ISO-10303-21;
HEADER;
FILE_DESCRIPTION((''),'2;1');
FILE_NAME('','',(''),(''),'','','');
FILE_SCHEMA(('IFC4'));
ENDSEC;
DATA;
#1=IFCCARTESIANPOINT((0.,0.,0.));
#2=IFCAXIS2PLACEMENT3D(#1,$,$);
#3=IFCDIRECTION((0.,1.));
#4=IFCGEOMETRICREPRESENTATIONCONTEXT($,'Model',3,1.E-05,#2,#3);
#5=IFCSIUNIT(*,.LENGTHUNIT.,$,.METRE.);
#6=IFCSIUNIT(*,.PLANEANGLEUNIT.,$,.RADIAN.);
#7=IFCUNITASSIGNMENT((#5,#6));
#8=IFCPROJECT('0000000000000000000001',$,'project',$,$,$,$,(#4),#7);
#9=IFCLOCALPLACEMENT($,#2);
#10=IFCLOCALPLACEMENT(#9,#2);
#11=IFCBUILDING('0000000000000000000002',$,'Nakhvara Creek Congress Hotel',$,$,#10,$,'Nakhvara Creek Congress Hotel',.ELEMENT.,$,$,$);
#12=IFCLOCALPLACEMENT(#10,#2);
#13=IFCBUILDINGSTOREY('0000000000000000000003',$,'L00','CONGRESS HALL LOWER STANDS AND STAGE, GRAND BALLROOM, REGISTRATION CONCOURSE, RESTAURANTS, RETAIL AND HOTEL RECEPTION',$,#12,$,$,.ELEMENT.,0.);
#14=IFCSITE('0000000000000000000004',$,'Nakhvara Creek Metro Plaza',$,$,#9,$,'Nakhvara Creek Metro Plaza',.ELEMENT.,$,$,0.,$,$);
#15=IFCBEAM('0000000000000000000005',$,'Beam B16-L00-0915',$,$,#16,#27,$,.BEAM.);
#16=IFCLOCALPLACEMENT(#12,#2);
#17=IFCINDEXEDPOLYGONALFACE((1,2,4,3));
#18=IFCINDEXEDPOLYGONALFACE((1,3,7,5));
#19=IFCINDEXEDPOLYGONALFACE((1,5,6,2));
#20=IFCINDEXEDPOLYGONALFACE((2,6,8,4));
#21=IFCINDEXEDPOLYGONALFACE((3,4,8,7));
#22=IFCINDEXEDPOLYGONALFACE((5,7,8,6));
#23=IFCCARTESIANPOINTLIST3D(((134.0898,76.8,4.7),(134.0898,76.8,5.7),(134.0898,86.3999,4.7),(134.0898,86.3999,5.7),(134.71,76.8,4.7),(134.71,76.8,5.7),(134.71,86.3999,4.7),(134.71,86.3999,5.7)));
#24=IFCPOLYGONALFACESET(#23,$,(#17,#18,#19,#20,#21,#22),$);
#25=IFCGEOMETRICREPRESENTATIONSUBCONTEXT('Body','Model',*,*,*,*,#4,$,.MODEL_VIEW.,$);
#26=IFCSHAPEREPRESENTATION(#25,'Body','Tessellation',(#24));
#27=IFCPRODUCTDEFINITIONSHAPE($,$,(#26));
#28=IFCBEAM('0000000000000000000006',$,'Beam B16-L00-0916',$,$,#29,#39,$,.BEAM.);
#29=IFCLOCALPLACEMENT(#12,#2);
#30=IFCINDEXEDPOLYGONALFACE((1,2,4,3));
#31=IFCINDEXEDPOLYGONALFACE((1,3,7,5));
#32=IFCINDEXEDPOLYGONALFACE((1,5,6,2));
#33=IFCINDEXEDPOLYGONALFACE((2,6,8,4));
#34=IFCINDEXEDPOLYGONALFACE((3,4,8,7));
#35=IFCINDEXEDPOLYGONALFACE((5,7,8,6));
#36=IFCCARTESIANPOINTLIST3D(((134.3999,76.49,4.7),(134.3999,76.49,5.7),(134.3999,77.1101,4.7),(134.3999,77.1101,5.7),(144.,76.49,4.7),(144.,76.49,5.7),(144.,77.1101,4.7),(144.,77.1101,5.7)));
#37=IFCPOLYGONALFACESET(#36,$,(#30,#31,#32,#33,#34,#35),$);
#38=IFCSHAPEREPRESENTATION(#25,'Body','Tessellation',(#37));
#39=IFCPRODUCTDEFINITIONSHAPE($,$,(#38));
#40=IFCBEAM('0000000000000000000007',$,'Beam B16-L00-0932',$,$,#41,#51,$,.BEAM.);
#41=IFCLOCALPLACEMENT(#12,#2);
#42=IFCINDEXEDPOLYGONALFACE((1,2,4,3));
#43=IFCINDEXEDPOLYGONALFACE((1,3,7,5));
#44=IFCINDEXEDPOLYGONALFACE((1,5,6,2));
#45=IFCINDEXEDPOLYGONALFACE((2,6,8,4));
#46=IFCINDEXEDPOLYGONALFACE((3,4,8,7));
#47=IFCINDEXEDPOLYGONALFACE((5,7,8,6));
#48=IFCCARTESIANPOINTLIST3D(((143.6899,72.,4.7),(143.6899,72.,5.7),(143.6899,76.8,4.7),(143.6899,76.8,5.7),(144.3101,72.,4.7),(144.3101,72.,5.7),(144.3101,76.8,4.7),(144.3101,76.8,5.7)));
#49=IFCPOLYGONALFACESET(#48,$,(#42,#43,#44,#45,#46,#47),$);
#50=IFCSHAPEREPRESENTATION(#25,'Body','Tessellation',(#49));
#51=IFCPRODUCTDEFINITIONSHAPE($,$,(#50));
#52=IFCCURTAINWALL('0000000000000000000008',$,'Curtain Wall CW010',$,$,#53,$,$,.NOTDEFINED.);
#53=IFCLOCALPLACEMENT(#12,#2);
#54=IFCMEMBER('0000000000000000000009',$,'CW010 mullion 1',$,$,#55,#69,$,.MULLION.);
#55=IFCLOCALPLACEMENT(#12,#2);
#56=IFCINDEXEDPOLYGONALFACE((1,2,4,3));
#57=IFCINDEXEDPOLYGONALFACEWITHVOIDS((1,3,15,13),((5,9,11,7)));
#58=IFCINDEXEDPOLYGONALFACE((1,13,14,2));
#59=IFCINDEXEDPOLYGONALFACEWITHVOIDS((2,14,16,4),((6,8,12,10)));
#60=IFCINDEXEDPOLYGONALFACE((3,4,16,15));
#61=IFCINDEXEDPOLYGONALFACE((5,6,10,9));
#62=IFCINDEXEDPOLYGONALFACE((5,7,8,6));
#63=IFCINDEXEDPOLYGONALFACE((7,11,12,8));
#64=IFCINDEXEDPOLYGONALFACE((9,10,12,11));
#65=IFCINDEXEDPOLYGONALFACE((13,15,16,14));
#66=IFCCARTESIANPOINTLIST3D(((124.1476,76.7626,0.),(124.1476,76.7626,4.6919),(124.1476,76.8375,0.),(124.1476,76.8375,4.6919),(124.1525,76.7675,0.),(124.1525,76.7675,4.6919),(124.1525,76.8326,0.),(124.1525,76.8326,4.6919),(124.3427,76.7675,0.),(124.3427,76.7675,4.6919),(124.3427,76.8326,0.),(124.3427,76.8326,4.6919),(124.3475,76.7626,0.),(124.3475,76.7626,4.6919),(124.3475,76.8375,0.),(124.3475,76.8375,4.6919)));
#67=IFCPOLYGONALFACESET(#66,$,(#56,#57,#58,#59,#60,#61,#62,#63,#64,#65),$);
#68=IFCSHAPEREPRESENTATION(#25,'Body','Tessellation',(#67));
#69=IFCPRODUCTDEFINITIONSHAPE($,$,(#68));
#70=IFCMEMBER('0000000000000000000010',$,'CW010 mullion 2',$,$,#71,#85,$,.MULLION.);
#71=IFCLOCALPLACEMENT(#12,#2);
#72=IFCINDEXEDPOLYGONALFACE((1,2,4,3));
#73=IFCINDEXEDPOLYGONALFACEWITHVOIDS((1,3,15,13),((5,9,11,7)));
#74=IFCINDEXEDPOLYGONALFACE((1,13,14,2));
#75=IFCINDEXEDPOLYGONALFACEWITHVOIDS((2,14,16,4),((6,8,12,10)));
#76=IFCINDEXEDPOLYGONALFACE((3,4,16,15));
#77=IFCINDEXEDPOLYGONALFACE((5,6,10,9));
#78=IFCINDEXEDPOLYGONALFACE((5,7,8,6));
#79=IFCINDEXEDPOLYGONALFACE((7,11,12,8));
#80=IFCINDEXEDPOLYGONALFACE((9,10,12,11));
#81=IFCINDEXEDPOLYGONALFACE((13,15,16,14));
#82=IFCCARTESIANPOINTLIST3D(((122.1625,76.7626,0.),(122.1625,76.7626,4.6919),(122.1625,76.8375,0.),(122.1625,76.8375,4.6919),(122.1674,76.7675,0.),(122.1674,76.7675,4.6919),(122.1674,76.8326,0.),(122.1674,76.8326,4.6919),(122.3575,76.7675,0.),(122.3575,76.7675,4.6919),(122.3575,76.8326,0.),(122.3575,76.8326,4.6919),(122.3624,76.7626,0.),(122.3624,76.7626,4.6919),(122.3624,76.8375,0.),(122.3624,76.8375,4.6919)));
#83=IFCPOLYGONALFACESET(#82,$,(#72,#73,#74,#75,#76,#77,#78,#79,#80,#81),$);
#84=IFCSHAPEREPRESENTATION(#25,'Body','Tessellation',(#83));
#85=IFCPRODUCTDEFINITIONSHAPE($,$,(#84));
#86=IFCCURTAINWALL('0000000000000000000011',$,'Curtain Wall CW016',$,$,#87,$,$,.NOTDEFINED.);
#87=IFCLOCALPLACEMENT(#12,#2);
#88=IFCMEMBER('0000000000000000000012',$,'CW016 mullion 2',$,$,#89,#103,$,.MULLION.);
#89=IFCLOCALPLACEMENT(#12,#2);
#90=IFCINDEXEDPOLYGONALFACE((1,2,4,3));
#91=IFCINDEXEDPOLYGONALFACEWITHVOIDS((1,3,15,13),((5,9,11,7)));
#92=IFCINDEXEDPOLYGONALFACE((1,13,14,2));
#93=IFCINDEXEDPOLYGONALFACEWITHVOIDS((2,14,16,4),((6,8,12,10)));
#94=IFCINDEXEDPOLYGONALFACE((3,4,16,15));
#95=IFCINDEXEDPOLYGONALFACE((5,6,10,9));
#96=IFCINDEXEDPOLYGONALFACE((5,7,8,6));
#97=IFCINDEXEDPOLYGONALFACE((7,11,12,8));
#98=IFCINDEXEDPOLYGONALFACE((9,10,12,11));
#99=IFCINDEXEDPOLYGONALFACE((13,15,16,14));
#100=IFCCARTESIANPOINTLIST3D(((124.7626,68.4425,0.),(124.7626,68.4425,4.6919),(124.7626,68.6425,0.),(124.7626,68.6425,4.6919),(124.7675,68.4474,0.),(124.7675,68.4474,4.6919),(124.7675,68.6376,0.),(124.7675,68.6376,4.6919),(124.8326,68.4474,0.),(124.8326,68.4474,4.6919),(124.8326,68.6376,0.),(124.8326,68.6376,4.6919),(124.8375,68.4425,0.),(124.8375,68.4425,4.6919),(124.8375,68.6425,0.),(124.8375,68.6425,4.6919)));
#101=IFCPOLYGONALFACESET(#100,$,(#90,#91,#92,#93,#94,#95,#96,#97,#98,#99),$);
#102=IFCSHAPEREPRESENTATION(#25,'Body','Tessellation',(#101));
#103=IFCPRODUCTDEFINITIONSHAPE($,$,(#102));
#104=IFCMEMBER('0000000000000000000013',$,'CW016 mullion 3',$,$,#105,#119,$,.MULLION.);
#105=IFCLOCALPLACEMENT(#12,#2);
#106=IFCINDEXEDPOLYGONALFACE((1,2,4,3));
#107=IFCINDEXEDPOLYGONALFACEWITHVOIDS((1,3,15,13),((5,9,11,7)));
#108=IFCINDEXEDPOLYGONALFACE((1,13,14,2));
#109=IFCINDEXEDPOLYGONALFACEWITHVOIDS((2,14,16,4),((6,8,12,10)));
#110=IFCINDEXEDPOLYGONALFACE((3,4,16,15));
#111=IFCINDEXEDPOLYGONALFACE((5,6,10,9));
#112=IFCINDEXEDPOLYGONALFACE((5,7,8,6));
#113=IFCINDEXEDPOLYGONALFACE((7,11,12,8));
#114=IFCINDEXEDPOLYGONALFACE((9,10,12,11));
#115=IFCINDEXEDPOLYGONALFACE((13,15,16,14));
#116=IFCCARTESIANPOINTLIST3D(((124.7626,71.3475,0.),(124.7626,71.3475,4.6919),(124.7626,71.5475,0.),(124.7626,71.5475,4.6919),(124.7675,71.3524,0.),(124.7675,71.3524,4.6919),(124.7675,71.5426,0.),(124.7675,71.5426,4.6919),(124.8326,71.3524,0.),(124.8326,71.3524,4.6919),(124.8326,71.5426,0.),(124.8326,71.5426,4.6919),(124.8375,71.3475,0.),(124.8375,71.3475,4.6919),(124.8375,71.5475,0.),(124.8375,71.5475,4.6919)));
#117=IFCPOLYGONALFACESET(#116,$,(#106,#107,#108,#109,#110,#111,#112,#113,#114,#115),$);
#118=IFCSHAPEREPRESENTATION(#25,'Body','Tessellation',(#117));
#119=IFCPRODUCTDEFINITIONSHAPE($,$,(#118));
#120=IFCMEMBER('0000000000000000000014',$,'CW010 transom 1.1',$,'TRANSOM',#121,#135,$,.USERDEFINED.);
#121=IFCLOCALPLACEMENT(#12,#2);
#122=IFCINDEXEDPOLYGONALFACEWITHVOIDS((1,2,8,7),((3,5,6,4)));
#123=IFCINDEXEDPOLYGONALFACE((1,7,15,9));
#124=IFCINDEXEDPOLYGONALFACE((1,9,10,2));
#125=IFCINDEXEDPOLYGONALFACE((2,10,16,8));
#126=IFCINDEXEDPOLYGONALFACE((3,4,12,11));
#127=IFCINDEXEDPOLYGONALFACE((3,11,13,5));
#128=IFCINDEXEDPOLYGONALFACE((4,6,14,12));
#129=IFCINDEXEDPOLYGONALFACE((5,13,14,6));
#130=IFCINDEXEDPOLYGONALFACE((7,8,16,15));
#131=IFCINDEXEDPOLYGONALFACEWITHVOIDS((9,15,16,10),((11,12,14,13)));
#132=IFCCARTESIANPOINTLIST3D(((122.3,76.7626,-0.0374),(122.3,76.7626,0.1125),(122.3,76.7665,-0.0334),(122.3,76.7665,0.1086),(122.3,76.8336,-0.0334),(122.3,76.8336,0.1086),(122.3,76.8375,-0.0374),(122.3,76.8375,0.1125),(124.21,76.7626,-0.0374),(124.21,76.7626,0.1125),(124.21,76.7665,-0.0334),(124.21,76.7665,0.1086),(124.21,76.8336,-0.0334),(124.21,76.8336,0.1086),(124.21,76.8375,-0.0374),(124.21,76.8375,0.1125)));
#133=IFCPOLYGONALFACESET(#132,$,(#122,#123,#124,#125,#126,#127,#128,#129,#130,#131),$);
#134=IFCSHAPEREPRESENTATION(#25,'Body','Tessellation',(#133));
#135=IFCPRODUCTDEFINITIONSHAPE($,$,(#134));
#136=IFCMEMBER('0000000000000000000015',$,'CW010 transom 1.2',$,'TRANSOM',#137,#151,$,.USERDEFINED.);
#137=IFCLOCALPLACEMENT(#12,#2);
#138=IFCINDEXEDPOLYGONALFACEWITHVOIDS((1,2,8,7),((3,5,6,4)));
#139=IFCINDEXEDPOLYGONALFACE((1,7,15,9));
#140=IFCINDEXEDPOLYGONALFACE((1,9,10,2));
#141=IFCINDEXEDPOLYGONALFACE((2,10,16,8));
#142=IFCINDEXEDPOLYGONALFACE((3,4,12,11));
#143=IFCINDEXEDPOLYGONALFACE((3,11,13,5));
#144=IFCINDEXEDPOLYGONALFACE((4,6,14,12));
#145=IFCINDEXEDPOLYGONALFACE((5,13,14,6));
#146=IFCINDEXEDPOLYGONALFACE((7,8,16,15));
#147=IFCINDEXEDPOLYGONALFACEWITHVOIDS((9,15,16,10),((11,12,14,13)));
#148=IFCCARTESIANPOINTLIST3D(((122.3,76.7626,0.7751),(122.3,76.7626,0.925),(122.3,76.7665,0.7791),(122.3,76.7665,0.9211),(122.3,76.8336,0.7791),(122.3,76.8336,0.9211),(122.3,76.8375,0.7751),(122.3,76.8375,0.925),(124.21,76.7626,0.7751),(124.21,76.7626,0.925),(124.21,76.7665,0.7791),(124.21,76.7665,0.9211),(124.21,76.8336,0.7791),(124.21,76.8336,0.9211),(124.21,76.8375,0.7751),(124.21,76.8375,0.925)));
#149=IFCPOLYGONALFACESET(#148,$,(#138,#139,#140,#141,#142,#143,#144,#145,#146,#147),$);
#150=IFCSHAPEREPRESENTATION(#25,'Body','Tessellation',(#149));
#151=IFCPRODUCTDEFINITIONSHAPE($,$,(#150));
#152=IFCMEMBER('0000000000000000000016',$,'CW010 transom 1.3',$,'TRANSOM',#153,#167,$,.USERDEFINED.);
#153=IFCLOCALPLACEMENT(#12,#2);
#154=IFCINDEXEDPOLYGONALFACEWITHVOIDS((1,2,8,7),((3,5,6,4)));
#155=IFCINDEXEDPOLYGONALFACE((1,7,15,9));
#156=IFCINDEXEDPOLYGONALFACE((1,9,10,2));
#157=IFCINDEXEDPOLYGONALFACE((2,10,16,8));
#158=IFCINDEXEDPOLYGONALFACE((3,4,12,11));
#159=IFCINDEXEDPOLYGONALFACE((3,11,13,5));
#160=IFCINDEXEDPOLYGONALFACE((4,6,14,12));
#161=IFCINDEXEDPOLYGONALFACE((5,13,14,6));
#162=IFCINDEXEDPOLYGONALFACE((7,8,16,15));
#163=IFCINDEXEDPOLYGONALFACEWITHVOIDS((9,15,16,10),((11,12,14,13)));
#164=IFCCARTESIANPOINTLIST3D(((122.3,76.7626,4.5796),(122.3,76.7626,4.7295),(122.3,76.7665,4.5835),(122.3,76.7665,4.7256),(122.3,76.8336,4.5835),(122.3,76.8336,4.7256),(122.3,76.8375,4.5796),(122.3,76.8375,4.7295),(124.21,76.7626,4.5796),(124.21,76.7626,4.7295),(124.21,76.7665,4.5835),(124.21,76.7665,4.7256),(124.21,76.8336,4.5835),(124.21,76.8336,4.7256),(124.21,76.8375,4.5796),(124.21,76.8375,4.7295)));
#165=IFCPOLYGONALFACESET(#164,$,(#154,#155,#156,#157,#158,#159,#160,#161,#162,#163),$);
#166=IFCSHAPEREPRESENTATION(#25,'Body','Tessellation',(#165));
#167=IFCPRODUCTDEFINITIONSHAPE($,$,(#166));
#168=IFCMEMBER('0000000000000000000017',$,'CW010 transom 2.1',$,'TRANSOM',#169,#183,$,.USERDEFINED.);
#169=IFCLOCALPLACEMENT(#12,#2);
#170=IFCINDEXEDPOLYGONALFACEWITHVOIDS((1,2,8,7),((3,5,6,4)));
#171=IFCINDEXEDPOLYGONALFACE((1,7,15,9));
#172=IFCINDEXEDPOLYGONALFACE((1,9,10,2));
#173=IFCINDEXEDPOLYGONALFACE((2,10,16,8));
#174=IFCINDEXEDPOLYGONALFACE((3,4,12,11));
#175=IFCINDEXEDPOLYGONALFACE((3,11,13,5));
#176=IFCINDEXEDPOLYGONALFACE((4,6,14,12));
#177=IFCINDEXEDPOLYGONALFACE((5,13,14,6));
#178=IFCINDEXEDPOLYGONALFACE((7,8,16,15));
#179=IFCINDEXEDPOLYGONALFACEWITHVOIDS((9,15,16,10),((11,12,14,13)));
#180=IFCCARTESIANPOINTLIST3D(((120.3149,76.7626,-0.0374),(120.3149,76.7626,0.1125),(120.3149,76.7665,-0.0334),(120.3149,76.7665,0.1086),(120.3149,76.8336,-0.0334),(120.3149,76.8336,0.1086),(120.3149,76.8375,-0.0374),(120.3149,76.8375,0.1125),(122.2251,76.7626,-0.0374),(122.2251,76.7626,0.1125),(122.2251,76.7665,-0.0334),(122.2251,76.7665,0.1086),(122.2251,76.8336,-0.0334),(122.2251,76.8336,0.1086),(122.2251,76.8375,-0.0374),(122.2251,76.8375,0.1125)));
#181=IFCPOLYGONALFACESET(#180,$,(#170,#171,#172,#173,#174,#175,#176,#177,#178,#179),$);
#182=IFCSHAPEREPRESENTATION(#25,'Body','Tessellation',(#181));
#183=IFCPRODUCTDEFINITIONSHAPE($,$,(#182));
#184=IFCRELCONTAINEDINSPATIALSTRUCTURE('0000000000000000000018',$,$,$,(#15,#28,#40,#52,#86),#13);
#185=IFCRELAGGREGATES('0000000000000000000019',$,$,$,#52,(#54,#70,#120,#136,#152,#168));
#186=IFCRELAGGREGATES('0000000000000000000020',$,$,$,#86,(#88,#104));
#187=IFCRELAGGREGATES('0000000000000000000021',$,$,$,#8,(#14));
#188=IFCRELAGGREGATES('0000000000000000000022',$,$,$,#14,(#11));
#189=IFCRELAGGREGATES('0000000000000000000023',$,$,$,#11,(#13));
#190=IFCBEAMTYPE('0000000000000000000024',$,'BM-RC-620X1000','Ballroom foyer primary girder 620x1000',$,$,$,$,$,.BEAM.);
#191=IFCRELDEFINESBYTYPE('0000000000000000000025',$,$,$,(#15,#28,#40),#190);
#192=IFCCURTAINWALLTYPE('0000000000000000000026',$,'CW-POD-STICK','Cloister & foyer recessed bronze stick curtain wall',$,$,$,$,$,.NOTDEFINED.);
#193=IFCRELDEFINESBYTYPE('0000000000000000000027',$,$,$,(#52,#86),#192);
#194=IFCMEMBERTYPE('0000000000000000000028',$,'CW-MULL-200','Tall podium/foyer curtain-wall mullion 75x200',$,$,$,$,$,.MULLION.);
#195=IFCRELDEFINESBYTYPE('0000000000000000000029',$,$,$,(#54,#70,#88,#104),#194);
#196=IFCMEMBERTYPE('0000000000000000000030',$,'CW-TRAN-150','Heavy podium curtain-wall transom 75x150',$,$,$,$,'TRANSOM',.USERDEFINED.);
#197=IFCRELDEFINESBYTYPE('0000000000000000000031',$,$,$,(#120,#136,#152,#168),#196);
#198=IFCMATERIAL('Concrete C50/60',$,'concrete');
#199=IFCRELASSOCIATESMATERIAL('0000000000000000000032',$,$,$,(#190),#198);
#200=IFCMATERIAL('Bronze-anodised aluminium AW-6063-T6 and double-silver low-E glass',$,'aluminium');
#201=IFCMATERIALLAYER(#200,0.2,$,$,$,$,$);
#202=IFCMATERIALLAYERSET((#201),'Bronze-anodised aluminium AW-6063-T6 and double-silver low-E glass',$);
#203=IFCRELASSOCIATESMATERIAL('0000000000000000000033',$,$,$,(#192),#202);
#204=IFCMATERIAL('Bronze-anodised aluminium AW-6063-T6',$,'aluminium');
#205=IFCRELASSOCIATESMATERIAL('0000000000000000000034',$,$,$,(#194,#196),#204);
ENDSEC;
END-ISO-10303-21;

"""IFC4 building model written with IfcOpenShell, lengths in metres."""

from ifc_helpers import new_model, si_unit, direction, frame, origin, origin_2d, place, context, subcontext, project, spatial, rectangle, hollow_rectangle, extrude, material, layer, layer_set, material_profile, profile_set, type_object, element, aggregate, save


model = new_model("IFC4")

# Units and contexts
model_context = context("Model", 3, precision=1e-05, world=origin(), true_north=direction((0.0, 1.0)))
body_context = subcontext(model_context, "Body", "Model", "MODEL_VIEW")
ifc_project = project(units=[si_unit("LENGTHUNIT", "METRE"), si_unit("PLANEANGLEUNIT", "RADIAN")], contexts=[model_context])

# Site, building, storey
site_placement = place(None, origin())
site = spatial("IfcSite", under=ifc_project, at=site_placement, Name="Nakhvara Creek Metro Plaza", LongName="Nakhvara Creek Metro Plaza", CompositionType="ELEMENT", RefElevation=0.0)
building_placement = place(site_placement, origin())
building = spatial("IfcBuilding", under=site, at=building_placement, Name="Nakhvara Creek Congress Hotel", LongName="Nakhvara Creek Congress Hotel", CompositionType="ELEMENT")
storey_placement = place(building_placement, origin())
storey = spatial("IfcBuildingStorey", under=building, at=storey_placement, Name="L00", Description="CONGRESS HALL LOWER STANDS AND STAGE, GRAND BALLROOM, REGISTRATION CONCOURSE, RESTAURANTS, RETAIL AND HOTEL RECEPTION", CompositionType="ELEMENT", Elevation=0.0)

# Shared definitions
ifc_material_1 = material(Name="Concrete C50/60", Category="concrete")

# Beams
ifc_material_profile_1 = material_profile(ifc_material_1, rectangle(XDim=0.6201, YDim=1.0, at=origin_2d()), Name="RC-BM 620x1000", Category="LoadBearing")
ifc_profile_set_1 = profile_set([ifc_material_profile_1], Name="Concrete C50/60")
beam_type = type_object("IfcBeamType", Name="BM-RC-620X1000", Description="Ballroom foyer primary girder 620x1000", PredefinedType="BEAM", material=ifc_profile_set_1)
beam_1_placement = place(storey_placement, frame((134.3999, 76.8, 5.2), z_axis=(0.0, 1.0, 0.0), x_axis=(-1.0, 0.0, 0.0)))
element("IfcBeam", 1, at=beam_1_placement, inside=storey, type_object=beam_type, Name="Beam B16-L00-0915", PredefinedType="BEAM", context=body_context, shape_type="SweptSolid", body=[
    extrude(rectangle(XDim=0.6201, YDim=1.0, at=origin_2d()), origin(), (0.0, 0.0, 1.0), 9.5999),
])
beam_2_placement = place(storey_placement, frame((134.3999, 76.8, 5.2), z_axis=(1.0, 0.0, 0.0), x_axis=(0.0, 1.0, 0.0)))
element("IfcBeam", 2, at=beam_2_placement, inside=storey, type_object=beam_type, Name="Beam B16-L00-0916", PredefinedType="BEAM", context=body_context, shape_type="SweptSolid", body=[
    extrude(rectangle(XDim=0.6201, YDim=1.0, at=origin_2d()), origin(), (0.0, 0.0, 1.0), 9.6001),
])
beam_3_placement = place(storey_placement, frame((144.0, 72.0, 5.2), z_axis=(0.0, 1.0, 0.0), x_axis=(-1.0, 0.0, 0.0)))
element("IfcBeam", 3, at=beam_3_placement, inside=storey, type_object=beam_type, Name="Beam B16-L00-0932", PredefinedType="BEAM", context=body_context, shape_type="SweptSolid", body=[
    extrude(rectangle(XDim=0.6201, YDim=1.0, at=origin_2d()), origin(), (0.0, 0.0, 1.0), 4.8),
])

# Curtain walls, members
ifc_material_2 = material(Name="Bronze-anodised aluminium AW-6063-T6 and double-silver low-E glass", Category="aluminium")
ifc_layer = layer(ifc_material_2, 0.2)
ifc_layer_set = layer_set([ifc_layer], Name="Bronze-anodised aluminium AW-6063-T6 and double-silver low-E glass")
curtain_wall_type = type_object("IfcCurtainWallType", Name="CW-POD-STICK", Description="Cloister & foyer recessed bronze stick curtain wall", PredefinedType="NOTDEFINED", material=ifc_layer_set)
curtain_wall_1_placement = place(storey_placement, origin())
curtain_wall_1 = element("IfcCurtainWall", 4, at=curtain_wall_1_placement, inside=storey, type_object=curtain_wall_type, Name="Curtain Wall CW010", PredefinedType="NOTDEFINED")
ifc_material_3 = material(Name="Bronze-anodised aluminium AW-6063-T6", Category="aluminium")
ifc_material_profile_2 = material_profile(ifc_material_3, hollow_rectangle(XDim=0.075, YDim=0.2, WallThickness=0.0049, at=origin_2d()), Name="ALU-MULL 75x200x5", Category="LoadBearing")
ifc_profile_set_2 = profile_set([ifc_material_profile_2], Name="Bronze-anodised aluminium AW-6063-T6")
member_type_1 = type_object("IfcMemberType", Name="CW-MULL-200", Description="Tall podium/foyer curtain-wall mullion 75x200", PredefinedType="MULLION", material=ifc_profile_set_2)
member_1_placement = place(storey_placement, frame((124.2476, 76.8, 0.0), z_axis=(0.0, 0.0, 1.0), x_axis=(0.0, -1.0, 0.0)))
member_1 = element("IfcMember", 5, at=member_1_placement, type_object=member_type_1, Name="CW010 mullion 1", PredefinedType="MULLION", context=body_context, shape_type="SweptSolid", body=[
    extrude(hollow_rectangle(XDim=0.075, YDim=0.2, WallThickness=0.0049, at=origin_2d()), origin(), (0.0, 0.0, 1.0), 4.6919),
])
member_2_placement = place(storey_placement, frame((122.2625, 76.8, 0.0), z_axis=(0.0, 0.0, 1.0), x_axis=(0.0, -1.0, 0.0)))
member_2 = element("IfcMember", 6, at=member_2_placement, type_object=member_type_1, Name="CW010 mullion 2", PredefinedType="MULLION", context=body_context, shape_type="SweptSolid", body=[
    extrude(hollow_rectangle(XDim=0.075, YDim=0.2, WallThickness=0.0049, at=origin_2d()), origin(), (0.0, 0.0, 1.0), 4.6919),
])
curtain_wall_2_placement = place(storey_placement, origin())
curtain_wall_2 = element("IfcCurtainWall", 7, at=curtain_wall_2_placement, inside=storey, type_object=curtain_wall_type, Name="Curtain Wall CW016", PredefinedType="NOTDEFINED")
member_3_placement = place(storey_placement, frame((124.8, 68.5425, 0.0), z_axis=(0.0, 0.0, 1.0), x_axis=(-1.0, 0.0, 0.0)))
member_3 = element("IfcMember", 8, at=member_3_placement, type_object=member_type_1, Name="CW016 mullion 2", PredefinedType="MULLION", context=body_context, shape_type="SweptSolid", body=[
    extrude(hollow_rectangle(XDim=0.075, YDim=0.2, WallThickness=0.0049, at=origin_2d()), origin(), (0.0, 0.0, 1.0), 4.6919),
])
member_4_placement = place(storey_placement, frame((124.8, 71.4475, 0.0), z_axis=(0.0, 0.0, 1.0), x_axis=(-1.0, 0.0, 0.0)))
member_4 = element("IfcMember", 9, at=member_4_placement, type_object=member_type_1, Name="CW016 mullion 3", PredefinedType="MULLION", context=body_context, shape_type="SweptSolid", body=[
    extrude(hollow_rectangle(XDim=0.075, YDim=0.2, WallThickness=0.0049, at=origin_2d()), origin(), (0.0, 0.0, 1.0), 4.6919),
])

# Members
ifc_material_profile_3 = material_profile(ifc_material_3, hollow_rectangle(XDim=0.075, YDim=0.1499, WallThickness=0.0039, at=origin_2d()), Name="ALU-TRAN 75x150x4", Category="LoadBearing")
ifc_profile_set_3 = profile_set([ifc_material_profile_3], Name="Bronze-anodised aluminium AW-6063-T6")
member_type_2 = type_object("IfcMemberType", Name="CW-TRAN-150", Description="Heavy podium curtain-wall transom 75x150", ElementType="TRANSOM", PredefinedType="USERDEFINED", material=ifc_profile_set_3)
member_5_placement = place(storey_placement, frame((124.21, 76.8, 0.0376), z_axis=(-1.0, 0.0, 0.0), x_axis=(0.0, -1.0, 0.0)))
member_5 = element("IfcMember", 10, at=member_5_placement, type_object=member_type_2, Name="CW010 transom 1.1", ObjectType="TRANSOM", PredefinedType="USERDEFINED", context=body_context, shape_type="SweptSolid", body=[
    extrude(hollow_rectangle(XDim=0.075, YDim=0.1499, WallThickness=0.0039, at=origin_2d()), origin(), (0.0, 0.0, 1.0), 1.9099),
])
member_6_placement = place(storey_placement, frame((124.21, 76.8, 0.8501), z_axis=(-1.0, 0.0, 0.0), x_axis=(0.0, -1.0, 0.0)))
member_6 = element("IfcMember", 11, at=member_6_placement, type_object=member_type_2, Name="CW010 transom 1.2", ObjectType="TRANSOM", PredefinedType="USERDEFINED", context=body_context, shape_type="SweptSolid", body=[
    extrude(hollow_rectangle(XDim=0.075, YDim=0.1499, WallThickness=0.0039, at=origin_2d()), origin(), (0.0, 0.0, 1.0), 1.9099),
])
member_7_placement = place(storey_placement, frame((124.21, 76.8, 4.6545), z_axis=(-1.0, 0.0, 0.0), x_axis=(0.0, -1.0, 0.0)))
member_7 = element("IfcMember", 12, at=member_7_placement, type_object=member_type_2, Name="CW010 transom 1.3", ObjectType="TRANSOM", PredefinedType="USERDEFINED", context=body_context, shape_type="SweptSolid", body=[
    extrude(hollow_rectangle(XDim=0.075, YDim=0.1499, WallThickness=0.0039, at=origin_2d()), origin(), (0.0, 0.0, 1.0), 1.9099),
])
member_8_placement = place(storey_placement, frame((122.2251, 76.8, 0.0376), z_axis=(-1.0, 0.0, 0.0), x_axis=(0.0, -1.0, 0.0)))
member_8 = element("IfcMember", 13, at=member_8_placement, type_object=member_type_2, Name="CW010 transom 2.1", ObjectType="TRANSOM", PredefinedType="USERDEFINED", context=body_context, shape_type="SweptSolid", body=[
    extrude(hollow_rectangle(XDim=0.075, YDim=0.1499, WallThickness=0.0039, at=origin_2d()), origin(), (0.0, 0.0, 1.0), 1.9102),
])

aggregate(curtain_wall_1, [member_1, member_2, member_5, member_6, member_7, member_8])
aggregate(curtain_wall_2, [member_3, member_4])

save(model, "model.ifc")
